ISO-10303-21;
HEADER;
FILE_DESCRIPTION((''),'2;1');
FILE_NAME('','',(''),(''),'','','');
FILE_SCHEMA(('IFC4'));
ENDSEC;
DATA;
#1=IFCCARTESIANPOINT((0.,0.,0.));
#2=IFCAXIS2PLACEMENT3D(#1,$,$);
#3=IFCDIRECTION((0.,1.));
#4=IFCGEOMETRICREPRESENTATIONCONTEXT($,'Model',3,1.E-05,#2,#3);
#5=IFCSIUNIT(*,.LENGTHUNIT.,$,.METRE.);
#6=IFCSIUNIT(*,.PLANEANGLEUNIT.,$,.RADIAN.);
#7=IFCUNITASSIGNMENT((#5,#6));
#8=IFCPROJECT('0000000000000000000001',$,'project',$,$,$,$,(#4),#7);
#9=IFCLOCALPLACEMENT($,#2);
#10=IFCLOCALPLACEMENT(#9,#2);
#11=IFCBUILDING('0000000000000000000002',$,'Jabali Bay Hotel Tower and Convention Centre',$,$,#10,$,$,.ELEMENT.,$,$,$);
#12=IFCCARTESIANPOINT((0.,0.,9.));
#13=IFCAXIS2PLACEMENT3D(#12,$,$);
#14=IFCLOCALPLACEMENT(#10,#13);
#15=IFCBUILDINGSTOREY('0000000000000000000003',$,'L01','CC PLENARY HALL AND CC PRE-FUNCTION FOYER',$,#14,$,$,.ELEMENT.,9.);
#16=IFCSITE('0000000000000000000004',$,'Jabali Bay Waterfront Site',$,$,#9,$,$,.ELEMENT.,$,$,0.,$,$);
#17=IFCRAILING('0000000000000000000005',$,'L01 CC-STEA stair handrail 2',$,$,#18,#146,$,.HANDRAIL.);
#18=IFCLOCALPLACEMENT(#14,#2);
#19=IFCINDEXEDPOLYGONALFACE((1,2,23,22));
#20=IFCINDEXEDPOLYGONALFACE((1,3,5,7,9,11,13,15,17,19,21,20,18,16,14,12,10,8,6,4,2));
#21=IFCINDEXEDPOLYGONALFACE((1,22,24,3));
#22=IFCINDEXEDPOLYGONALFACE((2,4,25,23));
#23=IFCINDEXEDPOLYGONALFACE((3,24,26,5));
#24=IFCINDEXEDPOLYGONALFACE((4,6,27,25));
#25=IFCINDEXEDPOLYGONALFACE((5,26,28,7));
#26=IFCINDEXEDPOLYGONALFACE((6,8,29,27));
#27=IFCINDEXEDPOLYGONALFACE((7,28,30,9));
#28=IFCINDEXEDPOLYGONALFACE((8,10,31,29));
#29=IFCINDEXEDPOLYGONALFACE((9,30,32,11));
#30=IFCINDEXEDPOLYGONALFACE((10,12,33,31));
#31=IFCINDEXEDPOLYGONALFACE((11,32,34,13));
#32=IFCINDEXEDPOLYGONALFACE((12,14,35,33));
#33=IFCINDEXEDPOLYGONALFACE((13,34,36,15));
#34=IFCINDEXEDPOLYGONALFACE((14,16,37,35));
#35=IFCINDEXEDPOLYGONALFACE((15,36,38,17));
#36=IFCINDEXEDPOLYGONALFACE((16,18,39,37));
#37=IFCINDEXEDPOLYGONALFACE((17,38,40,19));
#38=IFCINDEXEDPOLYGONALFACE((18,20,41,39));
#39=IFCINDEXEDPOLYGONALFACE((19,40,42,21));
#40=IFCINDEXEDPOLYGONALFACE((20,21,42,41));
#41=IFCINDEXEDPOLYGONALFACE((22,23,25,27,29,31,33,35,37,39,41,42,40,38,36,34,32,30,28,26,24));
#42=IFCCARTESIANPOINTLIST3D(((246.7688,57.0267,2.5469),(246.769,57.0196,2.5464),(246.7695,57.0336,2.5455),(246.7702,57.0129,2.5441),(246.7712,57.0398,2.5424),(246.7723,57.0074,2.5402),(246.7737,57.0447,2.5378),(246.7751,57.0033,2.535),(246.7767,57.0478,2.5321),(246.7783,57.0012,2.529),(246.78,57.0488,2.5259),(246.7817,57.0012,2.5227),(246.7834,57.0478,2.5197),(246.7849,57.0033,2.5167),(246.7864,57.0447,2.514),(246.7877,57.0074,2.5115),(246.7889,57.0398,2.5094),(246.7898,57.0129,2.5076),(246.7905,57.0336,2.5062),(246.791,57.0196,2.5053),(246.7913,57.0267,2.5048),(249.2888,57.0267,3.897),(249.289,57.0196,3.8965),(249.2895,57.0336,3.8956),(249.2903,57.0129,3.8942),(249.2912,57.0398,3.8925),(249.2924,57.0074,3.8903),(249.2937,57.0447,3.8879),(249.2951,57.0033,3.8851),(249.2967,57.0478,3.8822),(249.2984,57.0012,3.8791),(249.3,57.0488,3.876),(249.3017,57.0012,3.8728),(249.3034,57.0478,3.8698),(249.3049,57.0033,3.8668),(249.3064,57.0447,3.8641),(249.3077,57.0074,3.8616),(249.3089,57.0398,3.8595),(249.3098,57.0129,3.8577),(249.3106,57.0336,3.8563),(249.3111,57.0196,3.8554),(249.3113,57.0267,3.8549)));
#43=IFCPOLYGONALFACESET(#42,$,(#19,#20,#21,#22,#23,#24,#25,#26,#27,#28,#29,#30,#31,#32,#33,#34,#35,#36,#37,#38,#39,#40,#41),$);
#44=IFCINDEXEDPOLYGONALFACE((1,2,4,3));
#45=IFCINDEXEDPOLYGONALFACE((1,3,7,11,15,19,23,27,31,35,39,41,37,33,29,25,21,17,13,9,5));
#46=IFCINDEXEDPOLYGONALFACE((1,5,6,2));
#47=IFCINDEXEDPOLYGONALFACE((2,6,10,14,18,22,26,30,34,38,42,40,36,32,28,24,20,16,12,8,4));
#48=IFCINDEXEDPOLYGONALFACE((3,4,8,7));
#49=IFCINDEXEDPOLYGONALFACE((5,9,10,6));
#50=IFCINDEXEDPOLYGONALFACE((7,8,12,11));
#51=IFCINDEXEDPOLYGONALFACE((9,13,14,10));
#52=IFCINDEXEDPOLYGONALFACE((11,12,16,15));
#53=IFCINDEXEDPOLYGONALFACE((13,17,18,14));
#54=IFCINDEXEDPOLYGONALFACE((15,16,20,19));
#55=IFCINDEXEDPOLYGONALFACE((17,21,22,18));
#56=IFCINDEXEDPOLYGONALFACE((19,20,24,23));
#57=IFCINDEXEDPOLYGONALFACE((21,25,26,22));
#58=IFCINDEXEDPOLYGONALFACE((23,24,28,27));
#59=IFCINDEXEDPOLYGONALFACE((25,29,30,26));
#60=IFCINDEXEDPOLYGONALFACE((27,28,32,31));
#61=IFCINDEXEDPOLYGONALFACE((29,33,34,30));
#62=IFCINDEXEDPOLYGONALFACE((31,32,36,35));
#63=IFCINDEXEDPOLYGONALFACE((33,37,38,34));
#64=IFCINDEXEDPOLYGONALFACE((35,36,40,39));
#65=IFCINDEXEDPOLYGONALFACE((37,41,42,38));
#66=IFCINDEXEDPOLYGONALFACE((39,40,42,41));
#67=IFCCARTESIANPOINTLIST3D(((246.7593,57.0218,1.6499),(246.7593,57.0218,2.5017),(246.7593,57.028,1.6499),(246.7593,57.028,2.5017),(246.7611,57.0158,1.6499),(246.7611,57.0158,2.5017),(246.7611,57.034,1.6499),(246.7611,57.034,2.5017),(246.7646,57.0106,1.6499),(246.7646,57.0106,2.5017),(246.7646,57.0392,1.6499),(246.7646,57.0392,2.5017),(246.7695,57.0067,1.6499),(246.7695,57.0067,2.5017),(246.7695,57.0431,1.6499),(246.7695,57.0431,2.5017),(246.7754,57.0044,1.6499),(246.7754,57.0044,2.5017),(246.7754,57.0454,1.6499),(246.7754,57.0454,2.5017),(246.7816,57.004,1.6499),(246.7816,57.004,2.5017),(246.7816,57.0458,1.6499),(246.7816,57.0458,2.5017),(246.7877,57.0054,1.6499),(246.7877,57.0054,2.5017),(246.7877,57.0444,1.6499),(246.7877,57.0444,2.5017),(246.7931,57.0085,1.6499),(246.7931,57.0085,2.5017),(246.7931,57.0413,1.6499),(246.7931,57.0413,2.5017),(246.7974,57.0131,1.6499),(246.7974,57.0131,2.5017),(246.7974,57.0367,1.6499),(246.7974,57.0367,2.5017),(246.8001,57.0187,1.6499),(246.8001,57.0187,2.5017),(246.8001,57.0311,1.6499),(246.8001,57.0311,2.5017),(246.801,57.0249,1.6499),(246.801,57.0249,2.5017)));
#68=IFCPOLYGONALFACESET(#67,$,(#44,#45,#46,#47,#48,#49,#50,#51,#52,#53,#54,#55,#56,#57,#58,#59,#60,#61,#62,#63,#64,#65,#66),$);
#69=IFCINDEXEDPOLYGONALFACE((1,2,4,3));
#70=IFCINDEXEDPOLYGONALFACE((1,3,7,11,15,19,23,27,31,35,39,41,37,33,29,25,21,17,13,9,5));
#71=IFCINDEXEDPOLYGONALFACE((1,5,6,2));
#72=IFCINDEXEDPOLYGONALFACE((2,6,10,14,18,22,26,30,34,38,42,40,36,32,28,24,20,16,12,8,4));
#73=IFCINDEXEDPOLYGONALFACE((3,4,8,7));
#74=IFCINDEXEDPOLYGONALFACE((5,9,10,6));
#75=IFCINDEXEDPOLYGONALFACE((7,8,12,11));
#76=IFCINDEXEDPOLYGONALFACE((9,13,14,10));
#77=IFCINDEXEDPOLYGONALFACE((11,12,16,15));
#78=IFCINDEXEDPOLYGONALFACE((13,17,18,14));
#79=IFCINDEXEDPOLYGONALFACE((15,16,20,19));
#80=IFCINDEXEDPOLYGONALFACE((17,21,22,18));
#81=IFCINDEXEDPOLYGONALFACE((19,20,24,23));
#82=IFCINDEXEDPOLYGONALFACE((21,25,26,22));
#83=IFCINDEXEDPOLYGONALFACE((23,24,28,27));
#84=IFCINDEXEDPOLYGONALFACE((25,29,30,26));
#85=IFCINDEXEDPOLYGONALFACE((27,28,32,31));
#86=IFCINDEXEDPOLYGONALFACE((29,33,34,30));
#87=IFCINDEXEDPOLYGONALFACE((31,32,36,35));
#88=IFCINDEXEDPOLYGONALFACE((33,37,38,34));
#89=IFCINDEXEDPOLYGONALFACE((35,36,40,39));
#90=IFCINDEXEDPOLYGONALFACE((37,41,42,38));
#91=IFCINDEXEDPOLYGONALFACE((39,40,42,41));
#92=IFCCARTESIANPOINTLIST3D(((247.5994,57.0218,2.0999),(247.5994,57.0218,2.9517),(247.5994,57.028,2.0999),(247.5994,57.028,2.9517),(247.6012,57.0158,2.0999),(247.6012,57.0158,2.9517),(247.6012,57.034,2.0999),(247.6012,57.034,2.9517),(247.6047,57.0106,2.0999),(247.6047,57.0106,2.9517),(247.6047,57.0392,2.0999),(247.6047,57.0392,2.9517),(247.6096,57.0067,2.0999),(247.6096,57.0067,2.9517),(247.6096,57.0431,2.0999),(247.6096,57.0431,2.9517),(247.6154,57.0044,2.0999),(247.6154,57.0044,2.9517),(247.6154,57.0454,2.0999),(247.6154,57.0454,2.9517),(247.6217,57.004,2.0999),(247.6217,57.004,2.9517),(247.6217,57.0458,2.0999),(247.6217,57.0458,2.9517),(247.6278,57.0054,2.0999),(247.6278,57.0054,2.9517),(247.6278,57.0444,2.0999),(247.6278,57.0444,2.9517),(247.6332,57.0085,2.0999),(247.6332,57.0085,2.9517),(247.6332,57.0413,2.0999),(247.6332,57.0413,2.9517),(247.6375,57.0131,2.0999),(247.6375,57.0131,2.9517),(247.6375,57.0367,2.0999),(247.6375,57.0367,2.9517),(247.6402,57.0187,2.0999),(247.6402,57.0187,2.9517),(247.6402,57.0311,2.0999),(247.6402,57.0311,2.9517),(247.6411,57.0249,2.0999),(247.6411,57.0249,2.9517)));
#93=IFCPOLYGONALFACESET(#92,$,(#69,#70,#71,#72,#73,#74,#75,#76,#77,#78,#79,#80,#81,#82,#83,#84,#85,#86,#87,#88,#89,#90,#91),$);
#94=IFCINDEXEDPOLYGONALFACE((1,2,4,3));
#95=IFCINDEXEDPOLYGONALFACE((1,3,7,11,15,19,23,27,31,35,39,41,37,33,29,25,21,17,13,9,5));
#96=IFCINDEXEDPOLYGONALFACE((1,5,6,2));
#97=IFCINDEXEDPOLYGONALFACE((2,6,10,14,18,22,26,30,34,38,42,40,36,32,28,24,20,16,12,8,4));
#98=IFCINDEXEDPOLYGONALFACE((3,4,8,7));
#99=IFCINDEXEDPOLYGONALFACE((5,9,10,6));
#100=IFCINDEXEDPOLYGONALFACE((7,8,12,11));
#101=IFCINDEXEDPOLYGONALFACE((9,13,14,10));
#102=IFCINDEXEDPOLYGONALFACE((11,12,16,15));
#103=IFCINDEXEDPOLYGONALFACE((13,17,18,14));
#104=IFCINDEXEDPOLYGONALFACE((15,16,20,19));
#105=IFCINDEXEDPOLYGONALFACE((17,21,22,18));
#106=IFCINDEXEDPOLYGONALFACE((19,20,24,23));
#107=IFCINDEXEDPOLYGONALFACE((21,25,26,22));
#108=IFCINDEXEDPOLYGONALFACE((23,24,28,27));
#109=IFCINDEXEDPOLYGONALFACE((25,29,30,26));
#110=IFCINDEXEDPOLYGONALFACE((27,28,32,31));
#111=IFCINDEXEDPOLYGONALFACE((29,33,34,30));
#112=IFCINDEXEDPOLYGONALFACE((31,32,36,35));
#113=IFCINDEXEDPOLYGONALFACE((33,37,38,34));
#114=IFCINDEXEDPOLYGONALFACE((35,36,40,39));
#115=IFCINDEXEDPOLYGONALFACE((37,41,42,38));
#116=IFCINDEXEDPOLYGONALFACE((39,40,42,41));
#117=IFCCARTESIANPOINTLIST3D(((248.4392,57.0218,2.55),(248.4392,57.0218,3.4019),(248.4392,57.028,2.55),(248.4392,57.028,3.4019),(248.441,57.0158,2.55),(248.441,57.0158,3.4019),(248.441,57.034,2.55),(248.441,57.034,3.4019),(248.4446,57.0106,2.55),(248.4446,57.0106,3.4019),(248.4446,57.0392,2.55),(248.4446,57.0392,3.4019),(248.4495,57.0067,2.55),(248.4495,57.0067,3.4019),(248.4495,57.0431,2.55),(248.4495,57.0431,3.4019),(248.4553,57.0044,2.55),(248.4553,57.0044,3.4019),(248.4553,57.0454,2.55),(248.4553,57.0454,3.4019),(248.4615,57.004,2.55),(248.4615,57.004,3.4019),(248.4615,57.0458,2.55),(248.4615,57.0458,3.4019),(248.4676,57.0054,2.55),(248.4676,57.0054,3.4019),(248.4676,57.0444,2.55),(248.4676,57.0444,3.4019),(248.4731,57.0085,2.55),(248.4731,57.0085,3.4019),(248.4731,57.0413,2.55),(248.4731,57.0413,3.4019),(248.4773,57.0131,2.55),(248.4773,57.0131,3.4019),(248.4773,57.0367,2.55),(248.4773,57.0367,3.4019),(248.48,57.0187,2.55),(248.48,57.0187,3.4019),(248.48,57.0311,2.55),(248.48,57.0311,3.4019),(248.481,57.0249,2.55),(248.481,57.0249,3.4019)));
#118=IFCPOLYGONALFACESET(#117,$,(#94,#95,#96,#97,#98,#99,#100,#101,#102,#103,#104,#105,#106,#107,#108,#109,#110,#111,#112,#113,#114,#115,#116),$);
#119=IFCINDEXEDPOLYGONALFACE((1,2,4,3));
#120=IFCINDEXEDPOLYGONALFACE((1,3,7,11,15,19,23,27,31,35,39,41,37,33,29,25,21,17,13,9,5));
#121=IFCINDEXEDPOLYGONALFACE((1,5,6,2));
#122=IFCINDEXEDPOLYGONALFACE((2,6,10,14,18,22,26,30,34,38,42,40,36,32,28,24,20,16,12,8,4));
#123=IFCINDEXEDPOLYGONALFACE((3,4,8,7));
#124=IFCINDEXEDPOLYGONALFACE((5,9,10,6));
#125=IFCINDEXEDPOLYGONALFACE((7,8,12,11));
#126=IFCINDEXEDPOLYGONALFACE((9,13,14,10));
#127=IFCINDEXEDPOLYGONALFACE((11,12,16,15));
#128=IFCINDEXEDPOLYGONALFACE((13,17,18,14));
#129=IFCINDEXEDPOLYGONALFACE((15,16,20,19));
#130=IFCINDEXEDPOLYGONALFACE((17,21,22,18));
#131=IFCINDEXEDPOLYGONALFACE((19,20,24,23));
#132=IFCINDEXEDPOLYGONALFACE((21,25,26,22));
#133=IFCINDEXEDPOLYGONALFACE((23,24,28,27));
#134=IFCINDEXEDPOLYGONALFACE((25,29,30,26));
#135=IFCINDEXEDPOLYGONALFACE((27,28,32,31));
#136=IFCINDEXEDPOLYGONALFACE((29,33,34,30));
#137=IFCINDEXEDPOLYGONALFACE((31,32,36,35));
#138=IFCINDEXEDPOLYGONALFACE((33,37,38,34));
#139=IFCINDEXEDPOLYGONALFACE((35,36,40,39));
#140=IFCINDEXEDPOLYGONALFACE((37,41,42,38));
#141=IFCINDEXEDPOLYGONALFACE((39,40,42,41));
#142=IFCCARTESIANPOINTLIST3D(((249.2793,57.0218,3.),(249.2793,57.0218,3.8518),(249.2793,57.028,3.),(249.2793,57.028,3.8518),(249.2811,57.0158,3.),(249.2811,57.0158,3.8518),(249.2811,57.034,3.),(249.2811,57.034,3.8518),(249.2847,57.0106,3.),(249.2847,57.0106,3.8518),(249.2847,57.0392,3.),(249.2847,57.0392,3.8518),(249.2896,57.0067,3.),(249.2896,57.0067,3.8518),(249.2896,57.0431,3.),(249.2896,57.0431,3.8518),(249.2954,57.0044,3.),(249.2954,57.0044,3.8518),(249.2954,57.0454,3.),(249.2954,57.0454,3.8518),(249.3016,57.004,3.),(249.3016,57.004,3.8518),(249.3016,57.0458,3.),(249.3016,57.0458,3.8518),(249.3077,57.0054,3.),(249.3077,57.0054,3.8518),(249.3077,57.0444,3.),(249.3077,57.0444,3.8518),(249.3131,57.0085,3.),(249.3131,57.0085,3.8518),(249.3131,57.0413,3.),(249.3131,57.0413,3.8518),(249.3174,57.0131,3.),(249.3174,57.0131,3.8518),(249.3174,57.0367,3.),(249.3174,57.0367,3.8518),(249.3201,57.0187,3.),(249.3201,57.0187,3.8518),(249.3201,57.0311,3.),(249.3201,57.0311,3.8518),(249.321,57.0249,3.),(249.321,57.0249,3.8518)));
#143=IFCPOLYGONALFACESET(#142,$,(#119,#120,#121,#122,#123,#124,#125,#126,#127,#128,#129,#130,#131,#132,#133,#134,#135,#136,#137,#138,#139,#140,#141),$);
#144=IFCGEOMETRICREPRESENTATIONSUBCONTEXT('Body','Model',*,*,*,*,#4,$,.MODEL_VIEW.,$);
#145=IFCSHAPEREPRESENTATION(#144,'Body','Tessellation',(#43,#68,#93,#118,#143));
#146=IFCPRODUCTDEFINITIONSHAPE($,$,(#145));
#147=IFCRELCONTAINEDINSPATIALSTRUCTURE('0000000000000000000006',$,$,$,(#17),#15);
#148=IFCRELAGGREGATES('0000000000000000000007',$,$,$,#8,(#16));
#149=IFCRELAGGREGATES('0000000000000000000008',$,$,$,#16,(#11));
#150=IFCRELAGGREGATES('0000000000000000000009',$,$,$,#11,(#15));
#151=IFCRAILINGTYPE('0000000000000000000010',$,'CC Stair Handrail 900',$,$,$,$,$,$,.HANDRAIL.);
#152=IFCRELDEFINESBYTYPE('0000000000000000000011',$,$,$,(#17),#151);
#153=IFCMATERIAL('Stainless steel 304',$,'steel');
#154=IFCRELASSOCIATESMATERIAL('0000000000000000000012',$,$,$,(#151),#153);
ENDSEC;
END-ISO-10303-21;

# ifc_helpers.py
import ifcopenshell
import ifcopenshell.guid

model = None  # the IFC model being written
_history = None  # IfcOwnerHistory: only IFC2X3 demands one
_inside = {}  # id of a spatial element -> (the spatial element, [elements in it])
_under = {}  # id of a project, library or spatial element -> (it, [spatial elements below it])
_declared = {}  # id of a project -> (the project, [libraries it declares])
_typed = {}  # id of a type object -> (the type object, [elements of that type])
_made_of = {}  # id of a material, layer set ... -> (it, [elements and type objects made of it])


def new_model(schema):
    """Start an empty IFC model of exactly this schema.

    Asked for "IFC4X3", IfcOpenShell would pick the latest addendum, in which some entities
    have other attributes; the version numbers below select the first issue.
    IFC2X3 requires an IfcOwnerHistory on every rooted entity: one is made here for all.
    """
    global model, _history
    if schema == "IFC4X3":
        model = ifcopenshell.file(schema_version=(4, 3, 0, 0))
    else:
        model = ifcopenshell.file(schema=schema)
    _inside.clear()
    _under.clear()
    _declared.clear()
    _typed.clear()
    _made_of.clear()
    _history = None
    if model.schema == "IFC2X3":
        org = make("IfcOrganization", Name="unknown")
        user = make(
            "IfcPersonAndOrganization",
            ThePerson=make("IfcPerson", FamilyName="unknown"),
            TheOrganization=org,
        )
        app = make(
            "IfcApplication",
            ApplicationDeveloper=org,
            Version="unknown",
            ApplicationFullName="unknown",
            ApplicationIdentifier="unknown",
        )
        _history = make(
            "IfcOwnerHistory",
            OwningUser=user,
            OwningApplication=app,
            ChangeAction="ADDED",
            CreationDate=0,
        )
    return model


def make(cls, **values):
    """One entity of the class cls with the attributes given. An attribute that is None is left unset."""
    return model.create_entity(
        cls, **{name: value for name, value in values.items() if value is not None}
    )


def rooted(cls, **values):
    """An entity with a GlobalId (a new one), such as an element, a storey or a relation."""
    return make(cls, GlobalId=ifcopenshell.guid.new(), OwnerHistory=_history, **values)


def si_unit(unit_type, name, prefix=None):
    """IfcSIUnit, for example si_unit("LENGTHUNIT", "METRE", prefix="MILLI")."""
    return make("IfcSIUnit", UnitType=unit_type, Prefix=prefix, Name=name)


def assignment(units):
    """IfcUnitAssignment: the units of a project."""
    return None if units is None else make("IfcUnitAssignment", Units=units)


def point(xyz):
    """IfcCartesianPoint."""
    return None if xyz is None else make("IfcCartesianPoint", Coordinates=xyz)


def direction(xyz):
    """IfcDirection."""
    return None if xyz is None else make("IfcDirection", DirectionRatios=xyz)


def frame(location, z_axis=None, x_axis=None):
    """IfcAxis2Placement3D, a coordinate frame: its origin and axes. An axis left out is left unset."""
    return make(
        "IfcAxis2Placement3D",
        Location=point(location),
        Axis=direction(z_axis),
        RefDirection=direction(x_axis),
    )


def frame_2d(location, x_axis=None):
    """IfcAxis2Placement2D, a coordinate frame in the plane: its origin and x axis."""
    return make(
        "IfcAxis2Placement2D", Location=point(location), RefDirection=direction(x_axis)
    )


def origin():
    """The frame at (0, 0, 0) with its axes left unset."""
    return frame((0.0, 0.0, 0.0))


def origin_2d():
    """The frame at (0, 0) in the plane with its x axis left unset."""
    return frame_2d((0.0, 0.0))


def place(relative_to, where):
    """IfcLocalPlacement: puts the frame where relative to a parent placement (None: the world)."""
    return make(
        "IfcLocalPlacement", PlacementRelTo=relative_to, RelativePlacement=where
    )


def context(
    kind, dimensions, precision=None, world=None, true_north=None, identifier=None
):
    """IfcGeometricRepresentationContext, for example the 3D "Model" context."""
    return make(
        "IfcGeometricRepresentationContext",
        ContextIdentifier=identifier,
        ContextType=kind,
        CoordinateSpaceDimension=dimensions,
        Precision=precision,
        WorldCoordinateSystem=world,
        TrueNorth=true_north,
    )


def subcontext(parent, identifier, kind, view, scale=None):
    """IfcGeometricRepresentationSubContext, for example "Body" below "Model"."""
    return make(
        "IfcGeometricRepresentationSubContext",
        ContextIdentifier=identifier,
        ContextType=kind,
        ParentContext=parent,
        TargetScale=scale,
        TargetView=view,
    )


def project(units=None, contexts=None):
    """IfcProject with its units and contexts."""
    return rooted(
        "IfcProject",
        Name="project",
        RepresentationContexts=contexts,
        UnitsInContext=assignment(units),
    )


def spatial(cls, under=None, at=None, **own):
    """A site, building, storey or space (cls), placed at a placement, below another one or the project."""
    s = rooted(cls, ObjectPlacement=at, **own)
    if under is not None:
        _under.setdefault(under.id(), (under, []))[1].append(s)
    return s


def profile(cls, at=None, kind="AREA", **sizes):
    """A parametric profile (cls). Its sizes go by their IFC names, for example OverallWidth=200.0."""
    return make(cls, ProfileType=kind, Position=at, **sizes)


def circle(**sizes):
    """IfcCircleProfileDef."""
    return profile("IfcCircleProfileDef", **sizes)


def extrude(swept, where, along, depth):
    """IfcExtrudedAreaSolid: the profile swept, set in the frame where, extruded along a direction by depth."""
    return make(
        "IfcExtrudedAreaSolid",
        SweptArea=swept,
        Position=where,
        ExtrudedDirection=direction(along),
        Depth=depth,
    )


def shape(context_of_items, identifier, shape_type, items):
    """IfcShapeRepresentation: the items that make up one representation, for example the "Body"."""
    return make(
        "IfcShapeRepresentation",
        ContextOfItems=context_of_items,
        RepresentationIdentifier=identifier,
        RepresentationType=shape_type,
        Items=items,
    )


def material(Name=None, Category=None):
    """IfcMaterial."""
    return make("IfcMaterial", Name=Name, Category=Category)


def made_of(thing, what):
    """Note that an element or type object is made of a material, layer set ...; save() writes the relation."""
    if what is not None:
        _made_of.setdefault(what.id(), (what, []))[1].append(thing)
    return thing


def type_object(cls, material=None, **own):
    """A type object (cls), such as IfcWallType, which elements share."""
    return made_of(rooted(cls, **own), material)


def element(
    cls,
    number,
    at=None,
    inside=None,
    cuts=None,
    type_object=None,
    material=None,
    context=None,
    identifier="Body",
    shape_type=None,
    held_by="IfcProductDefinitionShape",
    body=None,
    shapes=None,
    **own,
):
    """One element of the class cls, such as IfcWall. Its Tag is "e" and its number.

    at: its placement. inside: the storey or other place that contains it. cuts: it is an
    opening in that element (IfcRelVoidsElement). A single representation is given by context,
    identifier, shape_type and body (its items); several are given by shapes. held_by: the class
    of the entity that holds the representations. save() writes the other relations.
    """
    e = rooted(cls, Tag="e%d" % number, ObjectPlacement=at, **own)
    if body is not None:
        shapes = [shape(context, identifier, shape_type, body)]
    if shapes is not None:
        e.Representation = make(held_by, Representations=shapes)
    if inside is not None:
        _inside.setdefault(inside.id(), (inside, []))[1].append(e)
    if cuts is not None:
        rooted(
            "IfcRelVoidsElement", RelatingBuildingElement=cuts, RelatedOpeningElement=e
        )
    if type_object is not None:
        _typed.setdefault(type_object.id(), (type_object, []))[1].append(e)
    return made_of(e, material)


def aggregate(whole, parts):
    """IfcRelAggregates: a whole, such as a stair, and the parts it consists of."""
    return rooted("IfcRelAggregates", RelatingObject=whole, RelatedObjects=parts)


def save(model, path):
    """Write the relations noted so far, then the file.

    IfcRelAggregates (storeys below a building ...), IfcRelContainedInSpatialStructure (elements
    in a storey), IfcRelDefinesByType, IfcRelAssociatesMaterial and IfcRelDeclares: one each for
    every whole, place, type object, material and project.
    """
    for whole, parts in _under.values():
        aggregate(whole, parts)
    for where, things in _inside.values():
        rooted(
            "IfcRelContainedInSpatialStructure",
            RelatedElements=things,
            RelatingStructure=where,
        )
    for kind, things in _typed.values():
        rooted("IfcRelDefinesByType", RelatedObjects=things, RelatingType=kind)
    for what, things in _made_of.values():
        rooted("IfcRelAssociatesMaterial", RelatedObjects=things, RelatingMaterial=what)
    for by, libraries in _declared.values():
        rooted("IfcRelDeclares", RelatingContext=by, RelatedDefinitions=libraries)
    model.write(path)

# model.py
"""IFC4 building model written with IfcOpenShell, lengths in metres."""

from ifc_helpers import new_model, si_unit, direction, frame, origin, origin_2d, place, context, subcontext, project, spatial, circle, extrude, material, type_object, element, save


model = new_model("IFC4")

# Units and contexts
model_context = context("Model", 3, precision=1e-05, world=origin(), true_north=direction((0.0, 1.0)))
body_context = subcontext(model_context, "Body", "Model", "MODEL_VIEW")
ifc_project = project(units=[si_unit("LENGTHUNIT", "METRE"), si_unit("PLANEANGLEUNIT", "RADIAN")], contexts=[model_context])

# Site, building, storey
site_placement = place(None, origin())
site = spatial("IfcSite", under=ifc_project, at=site_placement, Name="Jabali Bay Waterfront Site", CompositionType="ELEMENT", RefElevation=0.0)
building_placement = place(site_placement, origin())
building = spatial("IfcBuilding", under=site, at=building_placement, Name="Jabali Bay Hotel Tower and Convention Centre", CompositionType="ELEMENT")
storey_placement = place(building_placement, frame((0.0, 0.0, 9.0)))
storey = spatial("IfcBuildingStorey", under=building, at=storey_placement, Name="L01", Description="CC PLENARY HALL AND CC PRE-FUNCTION FOYER", CompositionType="ELEMENT", Elevation=9.0)

# Railing
ifc_material_1 = material(Name="Stainless steel 304", Category="steel")
railing_type = type_object("IfcRailingType", Name="CC Stair Handrail 900", PredefinedType="HANDRAIL", material=ifc_material_1)
for number, where, name in (
    (1, (246.78, 57.0249, 1.6499), "L01 CC-STEA stair handrail 2"),
):
    element("IfcRailing", number, at=place(storey_placement, frame(where)), inside=storey, type_object=railing_type, Name=name, PredefinedType="HANDRAIL", context=body_context, shape_type="SweptSolid", body=[
        extrude(circle(Radius=0.0239, at=origin_2d()), frame((0.0, 0.0, 0.876), z_axis=(0.881467, 0.0, 0.472245), x_axis=(0.0, 1.0, 0.0)), (0.0, 0.0, 1.0), 2.8589),
        extrude(circle(Radius=0.021, at=origin_2d()), origin(), (0.0, 0.0, 1.0), 0.8518),
        extrude(circle(Radius=0.021, at=origin_2d()), frame((0.8401, 0.0, 0.45)), (0.0, 0.0, 1.0), 0.8518),
        extrude(circle(Radius=0.021, at=origin_2d()), frame((1.6799, 0.0, 0.9001)), (0.0, 0.0, 1.0), 0.8518),
        extrude(circle(Radius=0.021, at=origin_2d()), frame((2.52, 0.0, 1.3501)), (0.0, 0.0, 1.0), 0.8518),
    ])

save(model, "model.ifc")
